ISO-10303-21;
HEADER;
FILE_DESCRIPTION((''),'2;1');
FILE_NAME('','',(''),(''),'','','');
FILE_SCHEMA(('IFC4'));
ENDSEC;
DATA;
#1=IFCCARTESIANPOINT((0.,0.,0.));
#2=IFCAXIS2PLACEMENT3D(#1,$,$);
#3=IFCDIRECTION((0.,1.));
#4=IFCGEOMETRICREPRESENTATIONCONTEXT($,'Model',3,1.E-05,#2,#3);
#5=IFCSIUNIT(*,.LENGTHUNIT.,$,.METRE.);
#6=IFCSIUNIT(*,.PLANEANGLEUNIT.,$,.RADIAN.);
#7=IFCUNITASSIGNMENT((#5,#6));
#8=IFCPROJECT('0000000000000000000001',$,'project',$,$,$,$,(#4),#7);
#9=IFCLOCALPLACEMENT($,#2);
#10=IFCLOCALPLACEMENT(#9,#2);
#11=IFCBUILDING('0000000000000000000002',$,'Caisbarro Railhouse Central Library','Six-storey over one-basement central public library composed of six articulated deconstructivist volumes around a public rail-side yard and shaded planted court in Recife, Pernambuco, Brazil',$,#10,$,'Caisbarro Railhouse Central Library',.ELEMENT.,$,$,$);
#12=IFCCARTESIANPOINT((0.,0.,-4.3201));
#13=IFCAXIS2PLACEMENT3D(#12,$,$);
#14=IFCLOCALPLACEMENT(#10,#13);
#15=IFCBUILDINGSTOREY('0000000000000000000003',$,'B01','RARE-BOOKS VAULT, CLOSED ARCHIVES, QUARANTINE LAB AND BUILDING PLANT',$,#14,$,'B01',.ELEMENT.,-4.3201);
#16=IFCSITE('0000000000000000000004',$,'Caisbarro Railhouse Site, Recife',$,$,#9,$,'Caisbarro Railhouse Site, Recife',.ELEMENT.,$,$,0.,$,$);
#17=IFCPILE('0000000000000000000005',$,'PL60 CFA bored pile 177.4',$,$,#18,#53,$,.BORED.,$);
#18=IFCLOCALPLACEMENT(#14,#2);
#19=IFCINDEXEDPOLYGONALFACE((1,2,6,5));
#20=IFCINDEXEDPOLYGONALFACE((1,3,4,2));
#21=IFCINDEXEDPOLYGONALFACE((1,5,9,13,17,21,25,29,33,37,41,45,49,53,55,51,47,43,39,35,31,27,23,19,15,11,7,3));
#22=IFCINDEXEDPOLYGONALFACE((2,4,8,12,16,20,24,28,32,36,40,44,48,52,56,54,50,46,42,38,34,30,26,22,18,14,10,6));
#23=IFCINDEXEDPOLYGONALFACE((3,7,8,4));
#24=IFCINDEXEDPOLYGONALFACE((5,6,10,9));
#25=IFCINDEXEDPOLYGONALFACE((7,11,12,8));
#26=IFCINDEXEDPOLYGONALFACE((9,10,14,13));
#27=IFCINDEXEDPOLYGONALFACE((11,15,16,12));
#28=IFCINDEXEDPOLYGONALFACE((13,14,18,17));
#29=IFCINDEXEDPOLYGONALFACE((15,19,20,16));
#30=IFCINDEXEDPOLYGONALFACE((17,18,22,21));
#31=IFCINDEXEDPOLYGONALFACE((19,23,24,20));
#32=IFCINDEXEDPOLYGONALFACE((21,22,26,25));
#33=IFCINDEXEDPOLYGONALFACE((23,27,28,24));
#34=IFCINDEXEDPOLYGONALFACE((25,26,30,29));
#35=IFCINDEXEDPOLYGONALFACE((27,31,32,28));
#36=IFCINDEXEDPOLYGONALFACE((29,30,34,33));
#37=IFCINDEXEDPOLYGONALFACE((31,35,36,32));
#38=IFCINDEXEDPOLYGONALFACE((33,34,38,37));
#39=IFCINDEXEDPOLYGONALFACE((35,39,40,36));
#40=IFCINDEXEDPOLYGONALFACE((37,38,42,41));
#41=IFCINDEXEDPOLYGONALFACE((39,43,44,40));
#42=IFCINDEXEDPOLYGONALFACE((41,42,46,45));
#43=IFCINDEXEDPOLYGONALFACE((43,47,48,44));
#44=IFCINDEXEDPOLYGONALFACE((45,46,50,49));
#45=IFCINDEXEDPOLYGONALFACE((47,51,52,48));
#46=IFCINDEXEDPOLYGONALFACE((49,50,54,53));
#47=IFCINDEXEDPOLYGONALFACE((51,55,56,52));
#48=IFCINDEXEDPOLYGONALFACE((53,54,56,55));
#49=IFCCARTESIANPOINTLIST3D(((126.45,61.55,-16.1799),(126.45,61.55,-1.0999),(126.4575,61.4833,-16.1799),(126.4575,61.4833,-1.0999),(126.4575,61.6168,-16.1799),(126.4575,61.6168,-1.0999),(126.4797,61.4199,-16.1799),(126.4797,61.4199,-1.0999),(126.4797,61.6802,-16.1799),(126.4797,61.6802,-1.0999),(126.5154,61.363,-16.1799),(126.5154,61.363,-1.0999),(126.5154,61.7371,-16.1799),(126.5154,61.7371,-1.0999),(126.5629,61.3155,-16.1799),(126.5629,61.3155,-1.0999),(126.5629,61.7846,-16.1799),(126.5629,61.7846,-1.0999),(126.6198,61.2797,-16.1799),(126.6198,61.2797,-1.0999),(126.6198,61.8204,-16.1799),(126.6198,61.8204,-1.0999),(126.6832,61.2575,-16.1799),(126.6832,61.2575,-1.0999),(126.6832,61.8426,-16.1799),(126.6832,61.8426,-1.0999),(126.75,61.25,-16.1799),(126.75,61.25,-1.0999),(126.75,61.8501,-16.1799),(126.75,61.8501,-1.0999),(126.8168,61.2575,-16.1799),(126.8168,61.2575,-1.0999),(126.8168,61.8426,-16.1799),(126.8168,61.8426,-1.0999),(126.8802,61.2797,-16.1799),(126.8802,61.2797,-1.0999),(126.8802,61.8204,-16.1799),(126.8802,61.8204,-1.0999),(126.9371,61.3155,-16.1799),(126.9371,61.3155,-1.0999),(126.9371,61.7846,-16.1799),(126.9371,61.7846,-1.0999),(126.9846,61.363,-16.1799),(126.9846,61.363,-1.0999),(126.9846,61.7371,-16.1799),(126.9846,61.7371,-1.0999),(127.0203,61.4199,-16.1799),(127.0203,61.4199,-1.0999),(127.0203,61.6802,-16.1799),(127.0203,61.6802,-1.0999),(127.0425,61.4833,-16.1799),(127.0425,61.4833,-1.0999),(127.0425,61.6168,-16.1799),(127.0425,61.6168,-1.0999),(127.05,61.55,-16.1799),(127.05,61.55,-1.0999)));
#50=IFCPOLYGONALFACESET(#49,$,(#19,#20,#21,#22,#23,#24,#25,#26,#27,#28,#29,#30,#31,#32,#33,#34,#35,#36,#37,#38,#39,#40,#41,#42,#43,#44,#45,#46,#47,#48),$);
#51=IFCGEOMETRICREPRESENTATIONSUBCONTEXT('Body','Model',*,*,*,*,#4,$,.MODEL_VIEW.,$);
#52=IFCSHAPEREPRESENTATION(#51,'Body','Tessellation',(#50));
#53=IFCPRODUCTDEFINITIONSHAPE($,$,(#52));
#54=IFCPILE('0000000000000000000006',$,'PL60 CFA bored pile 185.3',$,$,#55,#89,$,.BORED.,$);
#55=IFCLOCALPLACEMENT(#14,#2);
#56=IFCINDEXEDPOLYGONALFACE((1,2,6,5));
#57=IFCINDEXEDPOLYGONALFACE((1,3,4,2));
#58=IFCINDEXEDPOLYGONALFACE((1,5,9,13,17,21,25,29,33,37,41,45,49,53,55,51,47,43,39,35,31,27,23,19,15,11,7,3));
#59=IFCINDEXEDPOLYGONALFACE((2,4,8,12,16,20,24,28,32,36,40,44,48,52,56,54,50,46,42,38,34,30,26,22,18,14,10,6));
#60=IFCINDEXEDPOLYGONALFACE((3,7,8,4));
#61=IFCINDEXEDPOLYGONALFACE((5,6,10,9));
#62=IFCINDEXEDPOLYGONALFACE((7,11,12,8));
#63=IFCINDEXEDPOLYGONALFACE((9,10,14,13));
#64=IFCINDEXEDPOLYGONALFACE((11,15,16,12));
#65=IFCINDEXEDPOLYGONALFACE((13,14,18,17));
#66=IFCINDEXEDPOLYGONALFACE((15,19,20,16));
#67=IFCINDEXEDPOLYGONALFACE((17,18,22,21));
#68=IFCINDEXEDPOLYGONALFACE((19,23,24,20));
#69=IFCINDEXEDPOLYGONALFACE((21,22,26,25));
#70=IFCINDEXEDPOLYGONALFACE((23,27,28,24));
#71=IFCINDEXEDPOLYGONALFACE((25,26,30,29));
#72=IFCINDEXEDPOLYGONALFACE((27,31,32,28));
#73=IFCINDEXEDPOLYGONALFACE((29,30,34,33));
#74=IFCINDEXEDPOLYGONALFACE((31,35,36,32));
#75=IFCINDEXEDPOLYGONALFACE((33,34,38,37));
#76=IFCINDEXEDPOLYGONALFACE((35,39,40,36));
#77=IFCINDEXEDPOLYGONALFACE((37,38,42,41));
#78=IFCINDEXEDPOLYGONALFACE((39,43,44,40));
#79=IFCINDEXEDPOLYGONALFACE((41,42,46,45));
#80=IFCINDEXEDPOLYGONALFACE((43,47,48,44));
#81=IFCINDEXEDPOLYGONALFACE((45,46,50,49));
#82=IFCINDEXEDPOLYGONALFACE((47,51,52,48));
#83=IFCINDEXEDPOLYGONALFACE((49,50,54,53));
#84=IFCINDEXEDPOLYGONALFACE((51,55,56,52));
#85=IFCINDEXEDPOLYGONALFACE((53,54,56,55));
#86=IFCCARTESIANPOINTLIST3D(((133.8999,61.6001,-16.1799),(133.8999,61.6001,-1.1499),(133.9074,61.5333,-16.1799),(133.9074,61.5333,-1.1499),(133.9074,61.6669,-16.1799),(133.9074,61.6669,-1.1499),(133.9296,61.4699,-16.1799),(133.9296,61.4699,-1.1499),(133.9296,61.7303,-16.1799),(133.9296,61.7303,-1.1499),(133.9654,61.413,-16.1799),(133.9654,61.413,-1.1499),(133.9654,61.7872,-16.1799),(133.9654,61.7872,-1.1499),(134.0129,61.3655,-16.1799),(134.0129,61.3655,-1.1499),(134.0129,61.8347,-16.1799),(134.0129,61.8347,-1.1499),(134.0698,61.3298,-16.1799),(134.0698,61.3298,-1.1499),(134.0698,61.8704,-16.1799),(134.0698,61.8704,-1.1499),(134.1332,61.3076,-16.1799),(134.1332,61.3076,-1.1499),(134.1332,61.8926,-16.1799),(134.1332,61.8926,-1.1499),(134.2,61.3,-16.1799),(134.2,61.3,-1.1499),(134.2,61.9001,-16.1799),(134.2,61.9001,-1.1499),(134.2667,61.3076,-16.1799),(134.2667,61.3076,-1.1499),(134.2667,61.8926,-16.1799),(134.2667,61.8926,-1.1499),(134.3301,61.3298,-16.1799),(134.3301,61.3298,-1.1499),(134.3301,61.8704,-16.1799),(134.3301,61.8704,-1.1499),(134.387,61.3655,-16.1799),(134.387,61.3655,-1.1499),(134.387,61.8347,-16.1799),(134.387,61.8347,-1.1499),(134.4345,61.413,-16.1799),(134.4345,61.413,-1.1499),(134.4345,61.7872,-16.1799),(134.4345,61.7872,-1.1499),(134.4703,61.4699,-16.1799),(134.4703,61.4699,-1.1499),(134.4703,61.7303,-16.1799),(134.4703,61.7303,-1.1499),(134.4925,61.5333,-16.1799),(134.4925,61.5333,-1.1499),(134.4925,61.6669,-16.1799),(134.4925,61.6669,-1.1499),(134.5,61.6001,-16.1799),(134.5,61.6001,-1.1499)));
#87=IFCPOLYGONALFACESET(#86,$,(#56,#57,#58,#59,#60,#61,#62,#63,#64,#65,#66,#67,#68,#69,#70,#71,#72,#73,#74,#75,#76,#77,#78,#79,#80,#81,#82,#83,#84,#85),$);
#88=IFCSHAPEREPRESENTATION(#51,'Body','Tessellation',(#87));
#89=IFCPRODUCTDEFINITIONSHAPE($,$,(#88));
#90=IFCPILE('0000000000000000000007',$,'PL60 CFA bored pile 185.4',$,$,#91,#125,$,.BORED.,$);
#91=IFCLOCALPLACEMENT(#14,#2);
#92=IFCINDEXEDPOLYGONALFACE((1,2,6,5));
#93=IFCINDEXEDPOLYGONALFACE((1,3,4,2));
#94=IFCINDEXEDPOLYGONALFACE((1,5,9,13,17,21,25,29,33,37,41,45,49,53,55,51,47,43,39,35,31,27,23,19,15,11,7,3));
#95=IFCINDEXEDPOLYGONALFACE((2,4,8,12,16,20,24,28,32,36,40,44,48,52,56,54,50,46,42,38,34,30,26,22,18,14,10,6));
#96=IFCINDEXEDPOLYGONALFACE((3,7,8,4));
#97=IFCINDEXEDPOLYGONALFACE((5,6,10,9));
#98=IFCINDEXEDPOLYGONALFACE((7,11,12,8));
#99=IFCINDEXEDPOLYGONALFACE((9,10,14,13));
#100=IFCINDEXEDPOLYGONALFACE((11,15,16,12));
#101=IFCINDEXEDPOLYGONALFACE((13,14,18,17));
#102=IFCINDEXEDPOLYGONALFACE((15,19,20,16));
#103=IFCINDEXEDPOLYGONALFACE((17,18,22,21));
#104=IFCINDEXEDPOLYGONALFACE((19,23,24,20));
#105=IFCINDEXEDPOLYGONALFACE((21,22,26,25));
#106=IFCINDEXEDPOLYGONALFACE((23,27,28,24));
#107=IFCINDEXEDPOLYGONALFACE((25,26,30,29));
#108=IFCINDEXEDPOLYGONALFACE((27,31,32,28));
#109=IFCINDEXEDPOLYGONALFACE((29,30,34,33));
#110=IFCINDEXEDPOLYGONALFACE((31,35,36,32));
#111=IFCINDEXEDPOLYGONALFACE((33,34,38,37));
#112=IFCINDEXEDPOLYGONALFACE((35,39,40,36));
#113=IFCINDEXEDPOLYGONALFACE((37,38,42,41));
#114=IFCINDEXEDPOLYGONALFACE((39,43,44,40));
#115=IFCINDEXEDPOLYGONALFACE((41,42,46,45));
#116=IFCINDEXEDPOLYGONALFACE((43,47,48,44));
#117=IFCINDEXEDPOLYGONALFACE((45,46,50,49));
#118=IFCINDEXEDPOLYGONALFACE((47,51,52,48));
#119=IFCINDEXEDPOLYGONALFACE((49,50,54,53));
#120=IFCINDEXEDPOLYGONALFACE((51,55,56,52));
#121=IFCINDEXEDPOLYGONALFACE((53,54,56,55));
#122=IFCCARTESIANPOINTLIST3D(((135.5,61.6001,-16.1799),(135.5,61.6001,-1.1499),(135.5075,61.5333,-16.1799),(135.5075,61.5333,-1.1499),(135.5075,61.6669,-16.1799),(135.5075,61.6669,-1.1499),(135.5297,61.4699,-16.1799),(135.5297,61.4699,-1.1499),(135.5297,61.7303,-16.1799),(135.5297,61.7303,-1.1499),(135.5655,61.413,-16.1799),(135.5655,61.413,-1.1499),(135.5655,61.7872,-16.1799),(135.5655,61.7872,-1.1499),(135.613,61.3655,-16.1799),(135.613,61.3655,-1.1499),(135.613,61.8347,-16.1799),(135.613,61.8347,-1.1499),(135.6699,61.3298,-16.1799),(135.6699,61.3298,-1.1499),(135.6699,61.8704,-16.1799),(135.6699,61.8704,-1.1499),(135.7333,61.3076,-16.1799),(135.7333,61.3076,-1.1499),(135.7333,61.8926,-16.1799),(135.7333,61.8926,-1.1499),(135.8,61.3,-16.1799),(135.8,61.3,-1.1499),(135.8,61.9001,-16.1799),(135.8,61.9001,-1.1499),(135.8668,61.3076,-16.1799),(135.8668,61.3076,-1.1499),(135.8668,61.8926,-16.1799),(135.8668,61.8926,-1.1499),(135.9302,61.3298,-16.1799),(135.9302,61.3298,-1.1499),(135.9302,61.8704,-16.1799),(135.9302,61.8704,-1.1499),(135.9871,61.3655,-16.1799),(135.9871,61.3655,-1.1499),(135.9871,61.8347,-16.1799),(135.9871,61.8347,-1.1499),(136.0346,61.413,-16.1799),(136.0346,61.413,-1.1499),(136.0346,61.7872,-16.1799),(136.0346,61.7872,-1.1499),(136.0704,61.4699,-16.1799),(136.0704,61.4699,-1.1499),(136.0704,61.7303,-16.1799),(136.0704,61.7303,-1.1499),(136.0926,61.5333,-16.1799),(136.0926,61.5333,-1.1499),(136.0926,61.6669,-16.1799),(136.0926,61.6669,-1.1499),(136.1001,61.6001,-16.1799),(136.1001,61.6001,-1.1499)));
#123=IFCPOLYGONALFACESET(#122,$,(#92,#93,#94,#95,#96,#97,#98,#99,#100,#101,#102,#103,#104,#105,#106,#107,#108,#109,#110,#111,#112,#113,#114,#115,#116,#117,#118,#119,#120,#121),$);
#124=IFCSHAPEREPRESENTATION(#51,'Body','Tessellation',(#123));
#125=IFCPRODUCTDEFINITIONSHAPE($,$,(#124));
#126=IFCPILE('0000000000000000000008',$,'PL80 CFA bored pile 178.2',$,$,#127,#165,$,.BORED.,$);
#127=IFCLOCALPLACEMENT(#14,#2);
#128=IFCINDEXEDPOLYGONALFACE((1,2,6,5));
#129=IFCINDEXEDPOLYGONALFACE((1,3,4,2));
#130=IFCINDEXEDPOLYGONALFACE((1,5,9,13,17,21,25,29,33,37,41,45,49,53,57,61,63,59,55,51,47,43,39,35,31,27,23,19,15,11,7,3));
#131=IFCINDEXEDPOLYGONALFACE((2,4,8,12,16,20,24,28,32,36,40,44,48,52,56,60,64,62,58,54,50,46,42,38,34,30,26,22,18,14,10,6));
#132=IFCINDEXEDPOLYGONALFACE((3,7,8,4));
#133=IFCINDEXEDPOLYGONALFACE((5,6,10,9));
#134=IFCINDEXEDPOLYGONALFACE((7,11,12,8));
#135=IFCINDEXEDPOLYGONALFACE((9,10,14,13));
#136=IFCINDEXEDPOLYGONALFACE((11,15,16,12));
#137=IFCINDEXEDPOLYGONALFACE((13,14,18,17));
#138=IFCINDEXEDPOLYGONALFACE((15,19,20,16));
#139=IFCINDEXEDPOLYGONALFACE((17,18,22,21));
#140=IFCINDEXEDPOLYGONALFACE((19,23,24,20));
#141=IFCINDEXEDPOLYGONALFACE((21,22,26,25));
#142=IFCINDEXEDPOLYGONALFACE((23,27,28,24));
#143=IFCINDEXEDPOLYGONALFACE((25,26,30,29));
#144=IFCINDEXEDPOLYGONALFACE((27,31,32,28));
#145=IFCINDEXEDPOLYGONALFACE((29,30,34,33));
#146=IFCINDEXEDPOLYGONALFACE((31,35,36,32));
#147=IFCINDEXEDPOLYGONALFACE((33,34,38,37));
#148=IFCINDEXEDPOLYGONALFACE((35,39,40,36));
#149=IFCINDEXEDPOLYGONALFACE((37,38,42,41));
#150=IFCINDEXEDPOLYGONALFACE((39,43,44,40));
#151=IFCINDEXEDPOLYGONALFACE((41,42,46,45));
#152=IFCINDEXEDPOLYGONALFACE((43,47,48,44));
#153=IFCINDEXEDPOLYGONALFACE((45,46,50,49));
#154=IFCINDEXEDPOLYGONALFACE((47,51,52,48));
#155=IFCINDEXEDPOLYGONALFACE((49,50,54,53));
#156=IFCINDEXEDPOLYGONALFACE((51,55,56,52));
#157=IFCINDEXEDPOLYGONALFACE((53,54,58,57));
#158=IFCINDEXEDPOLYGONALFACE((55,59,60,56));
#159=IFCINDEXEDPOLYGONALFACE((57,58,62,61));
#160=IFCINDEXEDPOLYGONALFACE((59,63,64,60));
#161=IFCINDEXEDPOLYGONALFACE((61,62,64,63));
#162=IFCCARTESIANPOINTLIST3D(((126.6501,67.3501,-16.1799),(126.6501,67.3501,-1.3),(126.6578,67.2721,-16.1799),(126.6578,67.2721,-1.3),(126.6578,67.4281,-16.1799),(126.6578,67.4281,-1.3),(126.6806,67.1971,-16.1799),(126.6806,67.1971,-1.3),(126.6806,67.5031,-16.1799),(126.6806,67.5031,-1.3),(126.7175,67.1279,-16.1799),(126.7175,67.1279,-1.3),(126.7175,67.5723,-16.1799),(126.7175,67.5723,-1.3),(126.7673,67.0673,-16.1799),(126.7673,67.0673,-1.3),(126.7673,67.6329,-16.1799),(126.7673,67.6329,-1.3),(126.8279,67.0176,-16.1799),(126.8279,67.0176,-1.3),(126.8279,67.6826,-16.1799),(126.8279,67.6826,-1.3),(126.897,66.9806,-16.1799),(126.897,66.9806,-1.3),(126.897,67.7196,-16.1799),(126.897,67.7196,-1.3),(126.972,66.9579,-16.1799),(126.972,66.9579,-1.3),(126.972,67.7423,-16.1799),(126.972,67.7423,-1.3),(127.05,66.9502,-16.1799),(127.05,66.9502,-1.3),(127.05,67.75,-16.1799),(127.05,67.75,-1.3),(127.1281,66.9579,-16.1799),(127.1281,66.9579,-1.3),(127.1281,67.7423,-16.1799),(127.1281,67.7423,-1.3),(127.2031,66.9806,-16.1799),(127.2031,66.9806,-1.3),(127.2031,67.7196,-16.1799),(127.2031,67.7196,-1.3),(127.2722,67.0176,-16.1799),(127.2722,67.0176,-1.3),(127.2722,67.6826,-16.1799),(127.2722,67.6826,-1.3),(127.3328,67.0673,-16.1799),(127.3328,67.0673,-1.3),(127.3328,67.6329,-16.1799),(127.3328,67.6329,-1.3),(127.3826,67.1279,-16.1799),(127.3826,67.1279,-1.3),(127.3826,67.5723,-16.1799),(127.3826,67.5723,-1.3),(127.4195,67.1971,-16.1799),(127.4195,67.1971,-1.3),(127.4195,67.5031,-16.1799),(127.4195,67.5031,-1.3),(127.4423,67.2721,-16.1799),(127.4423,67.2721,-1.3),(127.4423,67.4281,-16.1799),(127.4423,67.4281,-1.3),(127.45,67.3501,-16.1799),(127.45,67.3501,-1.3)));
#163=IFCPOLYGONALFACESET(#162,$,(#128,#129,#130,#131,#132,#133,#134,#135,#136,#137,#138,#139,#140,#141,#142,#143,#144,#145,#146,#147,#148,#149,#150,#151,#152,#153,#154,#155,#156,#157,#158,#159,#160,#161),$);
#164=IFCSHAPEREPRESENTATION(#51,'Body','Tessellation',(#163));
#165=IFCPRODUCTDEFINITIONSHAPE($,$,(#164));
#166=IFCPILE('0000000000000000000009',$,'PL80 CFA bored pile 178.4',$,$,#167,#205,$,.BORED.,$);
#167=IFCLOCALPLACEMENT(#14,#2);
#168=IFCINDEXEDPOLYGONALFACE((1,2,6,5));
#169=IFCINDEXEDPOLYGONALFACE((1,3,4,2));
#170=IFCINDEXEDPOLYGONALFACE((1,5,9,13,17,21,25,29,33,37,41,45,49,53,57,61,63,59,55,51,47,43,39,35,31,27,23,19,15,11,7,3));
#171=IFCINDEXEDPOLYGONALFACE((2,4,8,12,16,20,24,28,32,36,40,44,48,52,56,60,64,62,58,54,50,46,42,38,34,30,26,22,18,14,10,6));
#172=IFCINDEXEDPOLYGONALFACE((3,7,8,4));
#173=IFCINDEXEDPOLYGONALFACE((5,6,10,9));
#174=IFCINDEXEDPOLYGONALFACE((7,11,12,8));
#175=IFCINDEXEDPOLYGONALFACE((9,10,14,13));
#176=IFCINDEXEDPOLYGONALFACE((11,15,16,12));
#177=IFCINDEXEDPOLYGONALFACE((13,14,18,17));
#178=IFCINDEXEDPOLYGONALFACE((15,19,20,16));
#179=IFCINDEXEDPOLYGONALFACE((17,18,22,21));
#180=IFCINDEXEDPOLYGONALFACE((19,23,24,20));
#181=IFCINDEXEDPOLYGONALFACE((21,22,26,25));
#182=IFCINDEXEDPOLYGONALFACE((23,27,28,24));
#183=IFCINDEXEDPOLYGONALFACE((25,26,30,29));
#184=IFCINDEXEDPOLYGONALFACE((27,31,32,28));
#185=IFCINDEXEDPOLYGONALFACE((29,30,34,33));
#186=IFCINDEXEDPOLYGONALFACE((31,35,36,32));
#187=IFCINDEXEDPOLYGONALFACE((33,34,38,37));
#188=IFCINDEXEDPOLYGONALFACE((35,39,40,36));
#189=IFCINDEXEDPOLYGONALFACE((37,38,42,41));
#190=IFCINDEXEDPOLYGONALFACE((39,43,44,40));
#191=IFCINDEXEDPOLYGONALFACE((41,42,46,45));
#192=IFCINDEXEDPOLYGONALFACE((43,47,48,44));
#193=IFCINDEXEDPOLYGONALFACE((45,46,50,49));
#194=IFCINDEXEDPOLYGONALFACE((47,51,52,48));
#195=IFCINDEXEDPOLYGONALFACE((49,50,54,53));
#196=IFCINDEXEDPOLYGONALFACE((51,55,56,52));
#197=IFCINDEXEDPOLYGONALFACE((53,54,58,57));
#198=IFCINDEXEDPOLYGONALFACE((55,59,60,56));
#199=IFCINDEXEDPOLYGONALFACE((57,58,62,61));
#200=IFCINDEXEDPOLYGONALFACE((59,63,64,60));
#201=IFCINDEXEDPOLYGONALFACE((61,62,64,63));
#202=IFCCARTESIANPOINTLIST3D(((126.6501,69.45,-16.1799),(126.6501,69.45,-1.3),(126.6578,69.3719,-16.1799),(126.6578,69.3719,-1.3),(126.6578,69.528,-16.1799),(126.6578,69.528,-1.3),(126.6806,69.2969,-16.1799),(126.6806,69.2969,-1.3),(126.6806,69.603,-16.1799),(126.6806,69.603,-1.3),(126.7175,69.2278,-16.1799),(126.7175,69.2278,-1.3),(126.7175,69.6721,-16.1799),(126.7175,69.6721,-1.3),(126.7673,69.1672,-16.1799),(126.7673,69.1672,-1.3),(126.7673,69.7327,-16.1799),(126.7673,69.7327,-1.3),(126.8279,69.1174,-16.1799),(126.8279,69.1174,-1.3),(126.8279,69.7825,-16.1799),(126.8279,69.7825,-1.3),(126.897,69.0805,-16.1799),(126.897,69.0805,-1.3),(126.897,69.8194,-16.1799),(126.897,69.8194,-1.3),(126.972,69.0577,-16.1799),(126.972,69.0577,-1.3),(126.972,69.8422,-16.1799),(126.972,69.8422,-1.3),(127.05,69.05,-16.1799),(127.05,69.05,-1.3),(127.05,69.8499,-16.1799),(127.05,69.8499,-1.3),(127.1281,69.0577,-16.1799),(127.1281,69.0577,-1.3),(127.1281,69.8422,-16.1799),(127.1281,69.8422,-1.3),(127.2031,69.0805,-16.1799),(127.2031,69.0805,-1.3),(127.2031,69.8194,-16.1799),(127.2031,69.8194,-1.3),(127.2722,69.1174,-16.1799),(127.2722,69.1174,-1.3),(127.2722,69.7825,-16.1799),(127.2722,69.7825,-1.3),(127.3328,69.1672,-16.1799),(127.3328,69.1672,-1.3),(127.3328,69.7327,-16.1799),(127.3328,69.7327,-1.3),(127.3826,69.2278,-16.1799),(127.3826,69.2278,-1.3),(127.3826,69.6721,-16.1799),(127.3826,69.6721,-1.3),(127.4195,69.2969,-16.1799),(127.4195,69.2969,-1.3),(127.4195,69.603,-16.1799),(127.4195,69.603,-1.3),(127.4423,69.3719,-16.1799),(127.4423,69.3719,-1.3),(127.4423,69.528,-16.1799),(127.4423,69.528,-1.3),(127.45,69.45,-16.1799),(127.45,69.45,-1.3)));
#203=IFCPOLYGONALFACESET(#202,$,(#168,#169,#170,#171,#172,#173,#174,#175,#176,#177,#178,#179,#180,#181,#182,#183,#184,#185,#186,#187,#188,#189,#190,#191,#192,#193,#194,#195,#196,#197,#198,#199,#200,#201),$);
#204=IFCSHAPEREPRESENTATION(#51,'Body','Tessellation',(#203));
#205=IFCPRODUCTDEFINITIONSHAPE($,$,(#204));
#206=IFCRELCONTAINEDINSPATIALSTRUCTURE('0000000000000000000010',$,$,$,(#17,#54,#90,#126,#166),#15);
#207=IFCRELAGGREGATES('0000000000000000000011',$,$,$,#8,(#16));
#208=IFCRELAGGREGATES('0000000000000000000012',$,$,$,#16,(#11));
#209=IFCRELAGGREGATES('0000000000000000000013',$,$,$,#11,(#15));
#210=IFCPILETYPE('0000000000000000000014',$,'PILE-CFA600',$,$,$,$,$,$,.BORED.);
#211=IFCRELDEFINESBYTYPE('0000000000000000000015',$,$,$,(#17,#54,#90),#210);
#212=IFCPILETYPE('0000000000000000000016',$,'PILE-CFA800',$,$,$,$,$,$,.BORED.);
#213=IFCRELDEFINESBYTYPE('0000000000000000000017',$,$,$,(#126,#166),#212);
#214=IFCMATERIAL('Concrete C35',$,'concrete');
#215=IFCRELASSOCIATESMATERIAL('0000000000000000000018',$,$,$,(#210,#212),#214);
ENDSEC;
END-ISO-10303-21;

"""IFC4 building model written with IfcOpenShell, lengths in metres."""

from ifc_helpers import new_model, si_unit, direction, frame, origin, origin_2d, place, context, subcontext, project, spatial, circle, extrude, material, material_profile, profile_set, type_object, element, save


model = new_model("IFC4")

# Units and contexts
model_context = context("Model", 3, precision=1e-05, world=origin(), true_north=direction((0.0, 1.0)))
body_context = subcontext(model_context, "Body", "Model", "MODEL_VIEW")
ifc_project = project(units=[si_unit("LENGTHUNIT", "METRE"), si_unit("PLANEANGLEUNIT", "RADIAN")], contexts=[model_context])

# Site, building, storey
site_placement = place(None, origin())
site = spatial("IfcSite", under=ifc_project, at=site_placement, Name="Caisbarro Railhouse Site, Recife", LongName="Caisbarro Railhouse Site, Recife", CompositionType="ELEMENT", RefElevation=0.0)
building_placement = place(site_placement, origin())
building = spatial("IfcBuilding", under=site, at=building_placement, Name="Caisbarro Railhouse Central Library", Description="Six-storey over one-basement central public library composed of six articulated deconstructivist volumes around a public rail-side yard and shaded planted court in Recife, Pernambuco, Brazil", LongName="Caisbarro Railhouse Central Library", CompositionType="ELEMENT")
storey_placement = place(building_placement, frame((0.0, 0.0, -4.3201)))
storey = spatial("IfcBuildingStorey", under=building, at=storey_placement, Name="B01", Description="RARE-BOOKS VAULT, CLOSED ARCHIVES, QUARANTINE LAB AND BUILDING PLANT", LongName="B01", CompositionType="ELEMENT", Elevation=-4.3201)

# Shared definitions
ifc_material_1 = material(Name="Concrete C35", Category="concrete")

# Piles
ifc_material_profile_1 = material_profile(ifc_material_1, circle(Radius=0.3, at=origin_2d()), Name="PILE-CFA-600")
ifc_profile_set_1 = profile_set([ifc_material_profile_1], Name="Concrete C35")
pile_type_1 = type_object("IfcPileType", Name="PILE-CFA600", PredefinedType="BORED", material=ifc_profile_set_1)
for number, where, z_axis, x_axis, name in (
    (1, (126.75, 61.55, -1.0999), (0.0, 0.0, -1.0), (1.0, 0.0, 0.0), "PL60 CFA bored pile 177.4"),
):
    element("IfcPile", number, at=place(storey_placement, frame(where, z_axis=z_axis, x_axis=x_axis)), inside=storey, type_object=pile_type_1, Name=name, PredefinedType="BORED", context=body_context, shape_type="SweptSolid", body=[
        extrude(circle(Radius=0.3, at=origin_2d()), origin(), (0.0, 0.0, 1.0), 15.0801),
    ])
for number, where, z_axis, x_axis, name in (
    (2, (134.2, 61.6001, -1.1499), (0.0, 0.0, -1.0), (1.0, 0.0, 0.0), "PL60 CFA bored pile 185.3"),
    (3, (135.8, 61.6001, -1.1499), (0.0, 0.0, -1.0), (1.0, 0.0, 0.0), "PL60 CFA bored pile 185.4"),
):
    element("IfcPile", number, at=place(storey_placement, frame(where, z_axis=z_axis, x_axis=x_axis)), inside=storey, type_object=pile_type_1, Name=name, PredefinedType="BORED", context=body_context, shape_type="SweptSolid", body=[
        extrude(circle(Radius=0.3, at=origin_2d()), origin(), (0.0, 0.0, 1.0), 15.03),
    ])
ifc_material_profile_2 = material_profile(ifc_material_1, circle(Radius=0.3999, at=origin_2d()), Name="PILE-CFA-800")
ifc_profile_set_2 = profile_set([ifc_material_profile_2], Name="Concrete C35")
pile_type_2 = type_object("IfcPileType", Name="PILE-CFA800", PredefinedType="BORED", material=ifc_profile_set_2)
for number, where, z_axis, x_axis, name in (
    (4, (127.05, 67.3501, -1.3), (0.0, 0.0, -1.0), (1.0, 0.0, 0.0), "PL80 CFA bored pile 178.2"),
    (5, (127.05, 69.45, -1.3), (0.0, 0.0, -1.0), (1.0, 0.0, 0.0), "PL80 CFA bored pile 178.4"),
):
    element("IfcPile", number, at=place(storey_placement, frame(where, z_axis=z_axis, x_axis=x_axis)), inside=storey, type_object=pile_type_2, Name=name, PredefinedType="BORED", context=body_context, shape_type="SweptSolid", body=[
        extrude(circle(Radius=0.3999, at=origin_2d()), origin(), (0.0, 0.0, 1.0), 14.8799),
    ])

save(model, "model.ifc")
